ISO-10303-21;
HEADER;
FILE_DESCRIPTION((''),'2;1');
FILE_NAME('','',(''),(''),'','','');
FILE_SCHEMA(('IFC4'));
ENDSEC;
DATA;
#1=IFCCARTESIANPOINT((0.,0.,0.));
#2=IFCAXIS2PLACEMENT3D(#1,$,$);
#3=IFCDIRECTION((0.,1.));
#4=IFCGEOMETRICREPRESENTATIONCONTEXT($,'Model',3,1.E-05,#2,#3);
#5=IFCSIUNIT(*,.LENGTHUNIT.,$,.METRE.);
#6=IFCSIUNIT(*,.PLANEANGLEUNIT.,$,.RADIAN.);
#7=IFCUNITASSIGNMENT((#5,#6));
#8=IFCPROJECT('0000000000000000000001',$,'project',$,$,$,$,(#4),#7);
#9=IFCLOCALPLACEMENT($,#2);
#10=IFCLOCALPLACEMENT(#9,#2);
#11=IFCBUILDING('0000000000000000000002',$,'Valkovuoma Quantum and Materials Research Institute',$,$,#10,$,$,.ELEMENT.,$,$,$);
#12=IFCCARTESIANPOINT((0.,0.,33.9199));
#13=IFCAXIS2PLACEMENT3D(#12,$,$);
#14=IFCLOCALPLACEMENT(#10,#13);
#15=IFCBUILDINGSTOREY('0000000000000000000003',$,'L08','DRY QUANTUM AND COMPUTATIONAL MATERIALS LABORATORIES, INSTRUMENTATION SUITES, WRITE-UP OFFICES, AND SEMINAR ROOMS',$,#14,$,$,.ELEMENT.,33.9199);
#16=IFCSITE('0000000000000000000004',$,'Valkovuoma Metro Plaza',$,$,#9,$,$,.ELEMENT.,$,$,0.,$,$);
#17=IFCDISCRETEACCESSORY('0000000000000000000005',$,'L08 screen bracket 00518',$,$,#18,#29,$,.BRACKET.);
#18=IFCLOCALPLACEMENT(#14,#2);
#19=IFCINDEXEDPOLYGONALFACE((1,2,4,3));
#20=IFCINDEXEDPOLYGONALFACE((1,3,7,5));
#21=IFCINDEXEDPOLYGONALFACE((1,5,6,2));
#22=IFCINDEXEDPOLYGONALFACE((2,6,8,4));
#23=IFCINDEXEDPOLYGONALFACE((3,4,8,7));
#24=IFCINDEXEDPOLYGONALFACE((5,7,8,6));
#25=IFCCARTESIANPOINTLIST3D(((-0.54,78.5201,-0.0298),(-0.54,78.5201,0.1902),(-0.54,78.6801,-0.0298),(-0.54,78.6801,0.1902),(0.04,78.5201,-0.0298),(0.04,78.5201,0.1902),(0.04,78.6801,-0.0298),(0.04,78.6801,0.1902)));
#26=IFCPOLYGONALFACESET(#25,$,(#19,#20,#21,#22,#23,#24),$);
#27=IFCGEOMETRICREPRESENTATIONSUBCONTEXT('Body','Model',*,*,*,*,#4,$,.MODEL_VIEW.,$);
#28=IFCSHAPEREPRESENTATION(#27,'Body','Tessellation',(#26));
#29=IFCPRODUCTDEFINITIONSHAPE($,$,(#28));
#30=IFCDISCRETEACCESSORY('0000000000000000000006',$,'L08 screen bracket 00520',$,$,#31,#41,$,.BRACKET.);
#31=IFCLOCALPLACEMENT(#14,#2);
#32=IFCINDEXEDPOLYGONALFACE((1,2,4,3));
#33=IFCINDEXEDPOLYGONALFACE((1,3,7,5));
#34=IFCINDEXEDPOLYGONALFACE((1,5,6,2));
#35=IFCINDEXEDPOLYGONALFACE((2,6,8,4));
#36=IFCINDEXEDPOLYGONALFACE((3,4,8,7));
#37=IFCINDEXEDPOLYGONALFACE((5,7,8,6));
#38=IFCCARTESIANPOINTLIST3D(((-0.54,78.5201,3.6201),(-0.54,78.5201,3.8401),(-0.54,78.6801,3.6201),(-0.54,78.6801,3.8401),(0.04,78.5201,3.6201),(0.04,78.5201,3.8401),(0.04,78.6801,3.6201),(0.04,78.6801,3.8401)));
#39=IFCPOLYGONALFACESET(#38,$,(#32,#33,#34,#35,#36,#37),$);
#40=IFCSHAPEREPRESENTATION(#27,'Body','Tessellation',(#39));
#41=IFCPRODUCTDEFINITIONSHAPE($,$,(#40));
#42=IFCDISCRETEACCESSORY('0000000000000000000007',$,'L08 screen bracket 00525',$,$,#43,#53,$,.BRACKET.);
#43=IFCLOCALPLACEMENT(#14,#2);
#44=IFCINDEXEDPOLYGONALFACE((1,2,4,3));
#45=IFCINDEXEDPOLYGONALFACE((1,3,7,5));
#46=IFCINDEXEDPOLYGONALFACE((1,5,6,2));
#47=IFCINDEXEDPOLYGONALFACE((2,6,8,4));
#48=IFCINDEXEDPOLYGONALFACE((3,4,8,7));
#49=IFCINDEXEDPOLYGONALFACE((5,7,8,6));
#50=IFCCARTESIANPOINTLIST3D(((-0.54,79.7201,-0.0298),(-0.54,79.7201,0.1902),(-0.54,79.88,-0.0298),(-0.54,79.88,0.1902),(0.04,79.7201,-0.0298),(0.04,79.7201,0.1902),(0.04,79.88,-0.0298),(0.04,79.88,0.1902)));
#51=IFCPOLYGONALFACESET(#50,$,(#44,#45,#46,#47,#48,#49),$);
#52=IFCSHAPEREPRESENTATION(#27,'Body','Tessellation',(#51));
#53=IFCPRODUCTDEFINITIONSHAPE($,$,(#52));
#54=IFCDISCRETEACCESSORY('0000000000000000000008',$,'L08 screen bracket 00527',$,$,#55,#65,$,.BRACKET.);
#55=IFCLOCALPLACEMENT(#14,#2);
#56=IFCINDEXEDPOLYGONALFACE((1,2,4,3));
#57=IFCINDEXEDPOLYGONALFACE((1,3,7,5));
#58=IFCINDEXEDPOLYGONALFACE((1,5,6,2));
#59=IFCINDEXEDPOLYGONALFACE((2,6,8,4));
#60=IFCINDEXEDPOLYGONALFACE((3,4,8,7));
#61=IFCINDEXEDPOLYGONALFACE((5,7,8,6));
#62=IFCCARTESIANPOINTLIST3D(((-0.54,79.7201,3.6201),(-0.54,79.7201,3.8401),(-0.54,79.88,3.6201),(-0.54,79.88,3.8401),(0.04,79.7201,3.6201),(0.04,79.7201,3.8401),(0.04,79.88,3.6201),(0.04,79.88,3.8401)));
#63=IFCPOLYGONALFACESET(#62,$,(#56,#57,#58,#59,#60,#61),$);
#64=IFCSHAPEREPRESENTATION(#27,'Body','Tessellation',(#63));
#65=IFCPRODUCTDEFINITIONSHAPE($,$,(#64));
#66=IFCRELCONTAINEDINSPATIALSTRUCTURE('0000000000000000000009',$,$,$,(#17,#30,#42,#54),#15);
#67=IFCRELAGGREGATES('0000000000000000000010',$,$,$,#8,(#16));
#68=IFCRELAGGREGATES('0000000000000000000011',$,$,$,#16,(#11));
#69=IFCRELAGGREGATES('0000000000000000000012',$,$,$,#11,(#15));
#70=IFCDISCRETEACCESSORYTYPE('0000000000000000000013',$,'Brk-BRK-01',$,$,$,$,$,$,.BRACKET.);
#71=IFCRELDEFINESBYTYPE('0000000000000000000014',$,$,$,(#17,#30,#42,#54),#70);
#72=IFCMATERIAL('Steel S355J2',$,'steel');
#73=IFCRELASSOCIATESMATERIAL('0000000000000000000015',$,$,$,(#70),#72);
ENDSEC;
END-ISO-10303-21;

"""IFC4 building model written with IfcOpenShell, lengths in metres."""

from ifc_helpers import new_model, si_unit, direction, frame, origin, origin_2d, place, context, subcontext, project, spatial, rectangle, extrude, material, type_object, element, save


model = new_model("IFC4")

# Units and contexts
model_context = context("Model", 3, precision=1e-05, world=origin(), true_north=direction((0.0, 1.0)))
body_context = subcontext(model_context, "Body", "Model", "MODEL_VIEW")
ifc_project = project(units=[si_unit("LENGTHUNIT", "METRE"), si_unit("PLANEANGLEUNIT", "RADIAN")], contexts=[model_context])

# Site, building, storey
site_placement = place(None, origin())
site = spatial("IfcSite", under=ifc_project, at=site_placement, Name="Valkovuoma Metro Plaza", CompositionType="ELEMENT", RefElevation=0.0)
building_placement = place(site_placement, origin())
building = spatial("IfcBuilding", under=site, at=building_placement, Name="Valkovuoma Quantum and Materials Research Institute", CompositionType="ELEMENT")
storey_placement = place(building_placement, frame((0.0, 0.0, 33.9199)))
storey = spatial("IfcBuildingStorey", under=building, at=storey_placement, Name="L08", Description="DRY QUANTUM AND COMPUTATIONAL MATERIALS LABORATORIES, INSTRUMENTATION SUITES, WRITE-UP OFFICES, AND SEMINAR ROOMS", CompositionType="ELEMENT", Elevation=33.9199)

# Discrete accessories
ifc_material_1 = material(Name="Steel S355J2", Category="steel")
discrete_accessory_type = type_object("IfcDiscreteAccessoryType", Name="Brk-BRK-01", PredefinedType="BRACKET", material=ifc_material_1)
for number, where, z_axis, x_axis, name in (
    (1, (-0.25, 78.6001, -0.0298), (0.0, 0.0, 1.0), (1.0, 0.0, 0.0), "L08 screen bracket 00518"),
    (2, (-0.25, 78.6001, 3.6201), (0.0, 0.0, 1.0), (1.0, 0.0, 0.0), "L08 screen bracket 00520"),
    (3, (-0.25, 79.8, -0.0298), (0.0, 0.0, 1.0), (1.0, 0.0, 0.0), "L08 screen bracket 00525"),
    (4, (-0.25, 79.8, 3.6201), (0.0, 0.0, 1.0), (1.0, 0.0, 0.0), "L08 screen bracket 00527"),
):
    element("IfcDiscreteAccessory", number, at=place(storey_placement, frame(where, z_axis=z_axis, x_axis=x_axis)), inside=storey, type_object=discrete_accessory_type, Name=name, PredefinedType="BRACKET", context=body_context, shape_type="SweptSolid", body=[
        extrude(rectangle(XDim=0.5801, YDim=0.1599, at=origin_2d()), origin(), (0.0, 0.0, 1.0), 0.22),
    ])

save(model, "model.ifc")
